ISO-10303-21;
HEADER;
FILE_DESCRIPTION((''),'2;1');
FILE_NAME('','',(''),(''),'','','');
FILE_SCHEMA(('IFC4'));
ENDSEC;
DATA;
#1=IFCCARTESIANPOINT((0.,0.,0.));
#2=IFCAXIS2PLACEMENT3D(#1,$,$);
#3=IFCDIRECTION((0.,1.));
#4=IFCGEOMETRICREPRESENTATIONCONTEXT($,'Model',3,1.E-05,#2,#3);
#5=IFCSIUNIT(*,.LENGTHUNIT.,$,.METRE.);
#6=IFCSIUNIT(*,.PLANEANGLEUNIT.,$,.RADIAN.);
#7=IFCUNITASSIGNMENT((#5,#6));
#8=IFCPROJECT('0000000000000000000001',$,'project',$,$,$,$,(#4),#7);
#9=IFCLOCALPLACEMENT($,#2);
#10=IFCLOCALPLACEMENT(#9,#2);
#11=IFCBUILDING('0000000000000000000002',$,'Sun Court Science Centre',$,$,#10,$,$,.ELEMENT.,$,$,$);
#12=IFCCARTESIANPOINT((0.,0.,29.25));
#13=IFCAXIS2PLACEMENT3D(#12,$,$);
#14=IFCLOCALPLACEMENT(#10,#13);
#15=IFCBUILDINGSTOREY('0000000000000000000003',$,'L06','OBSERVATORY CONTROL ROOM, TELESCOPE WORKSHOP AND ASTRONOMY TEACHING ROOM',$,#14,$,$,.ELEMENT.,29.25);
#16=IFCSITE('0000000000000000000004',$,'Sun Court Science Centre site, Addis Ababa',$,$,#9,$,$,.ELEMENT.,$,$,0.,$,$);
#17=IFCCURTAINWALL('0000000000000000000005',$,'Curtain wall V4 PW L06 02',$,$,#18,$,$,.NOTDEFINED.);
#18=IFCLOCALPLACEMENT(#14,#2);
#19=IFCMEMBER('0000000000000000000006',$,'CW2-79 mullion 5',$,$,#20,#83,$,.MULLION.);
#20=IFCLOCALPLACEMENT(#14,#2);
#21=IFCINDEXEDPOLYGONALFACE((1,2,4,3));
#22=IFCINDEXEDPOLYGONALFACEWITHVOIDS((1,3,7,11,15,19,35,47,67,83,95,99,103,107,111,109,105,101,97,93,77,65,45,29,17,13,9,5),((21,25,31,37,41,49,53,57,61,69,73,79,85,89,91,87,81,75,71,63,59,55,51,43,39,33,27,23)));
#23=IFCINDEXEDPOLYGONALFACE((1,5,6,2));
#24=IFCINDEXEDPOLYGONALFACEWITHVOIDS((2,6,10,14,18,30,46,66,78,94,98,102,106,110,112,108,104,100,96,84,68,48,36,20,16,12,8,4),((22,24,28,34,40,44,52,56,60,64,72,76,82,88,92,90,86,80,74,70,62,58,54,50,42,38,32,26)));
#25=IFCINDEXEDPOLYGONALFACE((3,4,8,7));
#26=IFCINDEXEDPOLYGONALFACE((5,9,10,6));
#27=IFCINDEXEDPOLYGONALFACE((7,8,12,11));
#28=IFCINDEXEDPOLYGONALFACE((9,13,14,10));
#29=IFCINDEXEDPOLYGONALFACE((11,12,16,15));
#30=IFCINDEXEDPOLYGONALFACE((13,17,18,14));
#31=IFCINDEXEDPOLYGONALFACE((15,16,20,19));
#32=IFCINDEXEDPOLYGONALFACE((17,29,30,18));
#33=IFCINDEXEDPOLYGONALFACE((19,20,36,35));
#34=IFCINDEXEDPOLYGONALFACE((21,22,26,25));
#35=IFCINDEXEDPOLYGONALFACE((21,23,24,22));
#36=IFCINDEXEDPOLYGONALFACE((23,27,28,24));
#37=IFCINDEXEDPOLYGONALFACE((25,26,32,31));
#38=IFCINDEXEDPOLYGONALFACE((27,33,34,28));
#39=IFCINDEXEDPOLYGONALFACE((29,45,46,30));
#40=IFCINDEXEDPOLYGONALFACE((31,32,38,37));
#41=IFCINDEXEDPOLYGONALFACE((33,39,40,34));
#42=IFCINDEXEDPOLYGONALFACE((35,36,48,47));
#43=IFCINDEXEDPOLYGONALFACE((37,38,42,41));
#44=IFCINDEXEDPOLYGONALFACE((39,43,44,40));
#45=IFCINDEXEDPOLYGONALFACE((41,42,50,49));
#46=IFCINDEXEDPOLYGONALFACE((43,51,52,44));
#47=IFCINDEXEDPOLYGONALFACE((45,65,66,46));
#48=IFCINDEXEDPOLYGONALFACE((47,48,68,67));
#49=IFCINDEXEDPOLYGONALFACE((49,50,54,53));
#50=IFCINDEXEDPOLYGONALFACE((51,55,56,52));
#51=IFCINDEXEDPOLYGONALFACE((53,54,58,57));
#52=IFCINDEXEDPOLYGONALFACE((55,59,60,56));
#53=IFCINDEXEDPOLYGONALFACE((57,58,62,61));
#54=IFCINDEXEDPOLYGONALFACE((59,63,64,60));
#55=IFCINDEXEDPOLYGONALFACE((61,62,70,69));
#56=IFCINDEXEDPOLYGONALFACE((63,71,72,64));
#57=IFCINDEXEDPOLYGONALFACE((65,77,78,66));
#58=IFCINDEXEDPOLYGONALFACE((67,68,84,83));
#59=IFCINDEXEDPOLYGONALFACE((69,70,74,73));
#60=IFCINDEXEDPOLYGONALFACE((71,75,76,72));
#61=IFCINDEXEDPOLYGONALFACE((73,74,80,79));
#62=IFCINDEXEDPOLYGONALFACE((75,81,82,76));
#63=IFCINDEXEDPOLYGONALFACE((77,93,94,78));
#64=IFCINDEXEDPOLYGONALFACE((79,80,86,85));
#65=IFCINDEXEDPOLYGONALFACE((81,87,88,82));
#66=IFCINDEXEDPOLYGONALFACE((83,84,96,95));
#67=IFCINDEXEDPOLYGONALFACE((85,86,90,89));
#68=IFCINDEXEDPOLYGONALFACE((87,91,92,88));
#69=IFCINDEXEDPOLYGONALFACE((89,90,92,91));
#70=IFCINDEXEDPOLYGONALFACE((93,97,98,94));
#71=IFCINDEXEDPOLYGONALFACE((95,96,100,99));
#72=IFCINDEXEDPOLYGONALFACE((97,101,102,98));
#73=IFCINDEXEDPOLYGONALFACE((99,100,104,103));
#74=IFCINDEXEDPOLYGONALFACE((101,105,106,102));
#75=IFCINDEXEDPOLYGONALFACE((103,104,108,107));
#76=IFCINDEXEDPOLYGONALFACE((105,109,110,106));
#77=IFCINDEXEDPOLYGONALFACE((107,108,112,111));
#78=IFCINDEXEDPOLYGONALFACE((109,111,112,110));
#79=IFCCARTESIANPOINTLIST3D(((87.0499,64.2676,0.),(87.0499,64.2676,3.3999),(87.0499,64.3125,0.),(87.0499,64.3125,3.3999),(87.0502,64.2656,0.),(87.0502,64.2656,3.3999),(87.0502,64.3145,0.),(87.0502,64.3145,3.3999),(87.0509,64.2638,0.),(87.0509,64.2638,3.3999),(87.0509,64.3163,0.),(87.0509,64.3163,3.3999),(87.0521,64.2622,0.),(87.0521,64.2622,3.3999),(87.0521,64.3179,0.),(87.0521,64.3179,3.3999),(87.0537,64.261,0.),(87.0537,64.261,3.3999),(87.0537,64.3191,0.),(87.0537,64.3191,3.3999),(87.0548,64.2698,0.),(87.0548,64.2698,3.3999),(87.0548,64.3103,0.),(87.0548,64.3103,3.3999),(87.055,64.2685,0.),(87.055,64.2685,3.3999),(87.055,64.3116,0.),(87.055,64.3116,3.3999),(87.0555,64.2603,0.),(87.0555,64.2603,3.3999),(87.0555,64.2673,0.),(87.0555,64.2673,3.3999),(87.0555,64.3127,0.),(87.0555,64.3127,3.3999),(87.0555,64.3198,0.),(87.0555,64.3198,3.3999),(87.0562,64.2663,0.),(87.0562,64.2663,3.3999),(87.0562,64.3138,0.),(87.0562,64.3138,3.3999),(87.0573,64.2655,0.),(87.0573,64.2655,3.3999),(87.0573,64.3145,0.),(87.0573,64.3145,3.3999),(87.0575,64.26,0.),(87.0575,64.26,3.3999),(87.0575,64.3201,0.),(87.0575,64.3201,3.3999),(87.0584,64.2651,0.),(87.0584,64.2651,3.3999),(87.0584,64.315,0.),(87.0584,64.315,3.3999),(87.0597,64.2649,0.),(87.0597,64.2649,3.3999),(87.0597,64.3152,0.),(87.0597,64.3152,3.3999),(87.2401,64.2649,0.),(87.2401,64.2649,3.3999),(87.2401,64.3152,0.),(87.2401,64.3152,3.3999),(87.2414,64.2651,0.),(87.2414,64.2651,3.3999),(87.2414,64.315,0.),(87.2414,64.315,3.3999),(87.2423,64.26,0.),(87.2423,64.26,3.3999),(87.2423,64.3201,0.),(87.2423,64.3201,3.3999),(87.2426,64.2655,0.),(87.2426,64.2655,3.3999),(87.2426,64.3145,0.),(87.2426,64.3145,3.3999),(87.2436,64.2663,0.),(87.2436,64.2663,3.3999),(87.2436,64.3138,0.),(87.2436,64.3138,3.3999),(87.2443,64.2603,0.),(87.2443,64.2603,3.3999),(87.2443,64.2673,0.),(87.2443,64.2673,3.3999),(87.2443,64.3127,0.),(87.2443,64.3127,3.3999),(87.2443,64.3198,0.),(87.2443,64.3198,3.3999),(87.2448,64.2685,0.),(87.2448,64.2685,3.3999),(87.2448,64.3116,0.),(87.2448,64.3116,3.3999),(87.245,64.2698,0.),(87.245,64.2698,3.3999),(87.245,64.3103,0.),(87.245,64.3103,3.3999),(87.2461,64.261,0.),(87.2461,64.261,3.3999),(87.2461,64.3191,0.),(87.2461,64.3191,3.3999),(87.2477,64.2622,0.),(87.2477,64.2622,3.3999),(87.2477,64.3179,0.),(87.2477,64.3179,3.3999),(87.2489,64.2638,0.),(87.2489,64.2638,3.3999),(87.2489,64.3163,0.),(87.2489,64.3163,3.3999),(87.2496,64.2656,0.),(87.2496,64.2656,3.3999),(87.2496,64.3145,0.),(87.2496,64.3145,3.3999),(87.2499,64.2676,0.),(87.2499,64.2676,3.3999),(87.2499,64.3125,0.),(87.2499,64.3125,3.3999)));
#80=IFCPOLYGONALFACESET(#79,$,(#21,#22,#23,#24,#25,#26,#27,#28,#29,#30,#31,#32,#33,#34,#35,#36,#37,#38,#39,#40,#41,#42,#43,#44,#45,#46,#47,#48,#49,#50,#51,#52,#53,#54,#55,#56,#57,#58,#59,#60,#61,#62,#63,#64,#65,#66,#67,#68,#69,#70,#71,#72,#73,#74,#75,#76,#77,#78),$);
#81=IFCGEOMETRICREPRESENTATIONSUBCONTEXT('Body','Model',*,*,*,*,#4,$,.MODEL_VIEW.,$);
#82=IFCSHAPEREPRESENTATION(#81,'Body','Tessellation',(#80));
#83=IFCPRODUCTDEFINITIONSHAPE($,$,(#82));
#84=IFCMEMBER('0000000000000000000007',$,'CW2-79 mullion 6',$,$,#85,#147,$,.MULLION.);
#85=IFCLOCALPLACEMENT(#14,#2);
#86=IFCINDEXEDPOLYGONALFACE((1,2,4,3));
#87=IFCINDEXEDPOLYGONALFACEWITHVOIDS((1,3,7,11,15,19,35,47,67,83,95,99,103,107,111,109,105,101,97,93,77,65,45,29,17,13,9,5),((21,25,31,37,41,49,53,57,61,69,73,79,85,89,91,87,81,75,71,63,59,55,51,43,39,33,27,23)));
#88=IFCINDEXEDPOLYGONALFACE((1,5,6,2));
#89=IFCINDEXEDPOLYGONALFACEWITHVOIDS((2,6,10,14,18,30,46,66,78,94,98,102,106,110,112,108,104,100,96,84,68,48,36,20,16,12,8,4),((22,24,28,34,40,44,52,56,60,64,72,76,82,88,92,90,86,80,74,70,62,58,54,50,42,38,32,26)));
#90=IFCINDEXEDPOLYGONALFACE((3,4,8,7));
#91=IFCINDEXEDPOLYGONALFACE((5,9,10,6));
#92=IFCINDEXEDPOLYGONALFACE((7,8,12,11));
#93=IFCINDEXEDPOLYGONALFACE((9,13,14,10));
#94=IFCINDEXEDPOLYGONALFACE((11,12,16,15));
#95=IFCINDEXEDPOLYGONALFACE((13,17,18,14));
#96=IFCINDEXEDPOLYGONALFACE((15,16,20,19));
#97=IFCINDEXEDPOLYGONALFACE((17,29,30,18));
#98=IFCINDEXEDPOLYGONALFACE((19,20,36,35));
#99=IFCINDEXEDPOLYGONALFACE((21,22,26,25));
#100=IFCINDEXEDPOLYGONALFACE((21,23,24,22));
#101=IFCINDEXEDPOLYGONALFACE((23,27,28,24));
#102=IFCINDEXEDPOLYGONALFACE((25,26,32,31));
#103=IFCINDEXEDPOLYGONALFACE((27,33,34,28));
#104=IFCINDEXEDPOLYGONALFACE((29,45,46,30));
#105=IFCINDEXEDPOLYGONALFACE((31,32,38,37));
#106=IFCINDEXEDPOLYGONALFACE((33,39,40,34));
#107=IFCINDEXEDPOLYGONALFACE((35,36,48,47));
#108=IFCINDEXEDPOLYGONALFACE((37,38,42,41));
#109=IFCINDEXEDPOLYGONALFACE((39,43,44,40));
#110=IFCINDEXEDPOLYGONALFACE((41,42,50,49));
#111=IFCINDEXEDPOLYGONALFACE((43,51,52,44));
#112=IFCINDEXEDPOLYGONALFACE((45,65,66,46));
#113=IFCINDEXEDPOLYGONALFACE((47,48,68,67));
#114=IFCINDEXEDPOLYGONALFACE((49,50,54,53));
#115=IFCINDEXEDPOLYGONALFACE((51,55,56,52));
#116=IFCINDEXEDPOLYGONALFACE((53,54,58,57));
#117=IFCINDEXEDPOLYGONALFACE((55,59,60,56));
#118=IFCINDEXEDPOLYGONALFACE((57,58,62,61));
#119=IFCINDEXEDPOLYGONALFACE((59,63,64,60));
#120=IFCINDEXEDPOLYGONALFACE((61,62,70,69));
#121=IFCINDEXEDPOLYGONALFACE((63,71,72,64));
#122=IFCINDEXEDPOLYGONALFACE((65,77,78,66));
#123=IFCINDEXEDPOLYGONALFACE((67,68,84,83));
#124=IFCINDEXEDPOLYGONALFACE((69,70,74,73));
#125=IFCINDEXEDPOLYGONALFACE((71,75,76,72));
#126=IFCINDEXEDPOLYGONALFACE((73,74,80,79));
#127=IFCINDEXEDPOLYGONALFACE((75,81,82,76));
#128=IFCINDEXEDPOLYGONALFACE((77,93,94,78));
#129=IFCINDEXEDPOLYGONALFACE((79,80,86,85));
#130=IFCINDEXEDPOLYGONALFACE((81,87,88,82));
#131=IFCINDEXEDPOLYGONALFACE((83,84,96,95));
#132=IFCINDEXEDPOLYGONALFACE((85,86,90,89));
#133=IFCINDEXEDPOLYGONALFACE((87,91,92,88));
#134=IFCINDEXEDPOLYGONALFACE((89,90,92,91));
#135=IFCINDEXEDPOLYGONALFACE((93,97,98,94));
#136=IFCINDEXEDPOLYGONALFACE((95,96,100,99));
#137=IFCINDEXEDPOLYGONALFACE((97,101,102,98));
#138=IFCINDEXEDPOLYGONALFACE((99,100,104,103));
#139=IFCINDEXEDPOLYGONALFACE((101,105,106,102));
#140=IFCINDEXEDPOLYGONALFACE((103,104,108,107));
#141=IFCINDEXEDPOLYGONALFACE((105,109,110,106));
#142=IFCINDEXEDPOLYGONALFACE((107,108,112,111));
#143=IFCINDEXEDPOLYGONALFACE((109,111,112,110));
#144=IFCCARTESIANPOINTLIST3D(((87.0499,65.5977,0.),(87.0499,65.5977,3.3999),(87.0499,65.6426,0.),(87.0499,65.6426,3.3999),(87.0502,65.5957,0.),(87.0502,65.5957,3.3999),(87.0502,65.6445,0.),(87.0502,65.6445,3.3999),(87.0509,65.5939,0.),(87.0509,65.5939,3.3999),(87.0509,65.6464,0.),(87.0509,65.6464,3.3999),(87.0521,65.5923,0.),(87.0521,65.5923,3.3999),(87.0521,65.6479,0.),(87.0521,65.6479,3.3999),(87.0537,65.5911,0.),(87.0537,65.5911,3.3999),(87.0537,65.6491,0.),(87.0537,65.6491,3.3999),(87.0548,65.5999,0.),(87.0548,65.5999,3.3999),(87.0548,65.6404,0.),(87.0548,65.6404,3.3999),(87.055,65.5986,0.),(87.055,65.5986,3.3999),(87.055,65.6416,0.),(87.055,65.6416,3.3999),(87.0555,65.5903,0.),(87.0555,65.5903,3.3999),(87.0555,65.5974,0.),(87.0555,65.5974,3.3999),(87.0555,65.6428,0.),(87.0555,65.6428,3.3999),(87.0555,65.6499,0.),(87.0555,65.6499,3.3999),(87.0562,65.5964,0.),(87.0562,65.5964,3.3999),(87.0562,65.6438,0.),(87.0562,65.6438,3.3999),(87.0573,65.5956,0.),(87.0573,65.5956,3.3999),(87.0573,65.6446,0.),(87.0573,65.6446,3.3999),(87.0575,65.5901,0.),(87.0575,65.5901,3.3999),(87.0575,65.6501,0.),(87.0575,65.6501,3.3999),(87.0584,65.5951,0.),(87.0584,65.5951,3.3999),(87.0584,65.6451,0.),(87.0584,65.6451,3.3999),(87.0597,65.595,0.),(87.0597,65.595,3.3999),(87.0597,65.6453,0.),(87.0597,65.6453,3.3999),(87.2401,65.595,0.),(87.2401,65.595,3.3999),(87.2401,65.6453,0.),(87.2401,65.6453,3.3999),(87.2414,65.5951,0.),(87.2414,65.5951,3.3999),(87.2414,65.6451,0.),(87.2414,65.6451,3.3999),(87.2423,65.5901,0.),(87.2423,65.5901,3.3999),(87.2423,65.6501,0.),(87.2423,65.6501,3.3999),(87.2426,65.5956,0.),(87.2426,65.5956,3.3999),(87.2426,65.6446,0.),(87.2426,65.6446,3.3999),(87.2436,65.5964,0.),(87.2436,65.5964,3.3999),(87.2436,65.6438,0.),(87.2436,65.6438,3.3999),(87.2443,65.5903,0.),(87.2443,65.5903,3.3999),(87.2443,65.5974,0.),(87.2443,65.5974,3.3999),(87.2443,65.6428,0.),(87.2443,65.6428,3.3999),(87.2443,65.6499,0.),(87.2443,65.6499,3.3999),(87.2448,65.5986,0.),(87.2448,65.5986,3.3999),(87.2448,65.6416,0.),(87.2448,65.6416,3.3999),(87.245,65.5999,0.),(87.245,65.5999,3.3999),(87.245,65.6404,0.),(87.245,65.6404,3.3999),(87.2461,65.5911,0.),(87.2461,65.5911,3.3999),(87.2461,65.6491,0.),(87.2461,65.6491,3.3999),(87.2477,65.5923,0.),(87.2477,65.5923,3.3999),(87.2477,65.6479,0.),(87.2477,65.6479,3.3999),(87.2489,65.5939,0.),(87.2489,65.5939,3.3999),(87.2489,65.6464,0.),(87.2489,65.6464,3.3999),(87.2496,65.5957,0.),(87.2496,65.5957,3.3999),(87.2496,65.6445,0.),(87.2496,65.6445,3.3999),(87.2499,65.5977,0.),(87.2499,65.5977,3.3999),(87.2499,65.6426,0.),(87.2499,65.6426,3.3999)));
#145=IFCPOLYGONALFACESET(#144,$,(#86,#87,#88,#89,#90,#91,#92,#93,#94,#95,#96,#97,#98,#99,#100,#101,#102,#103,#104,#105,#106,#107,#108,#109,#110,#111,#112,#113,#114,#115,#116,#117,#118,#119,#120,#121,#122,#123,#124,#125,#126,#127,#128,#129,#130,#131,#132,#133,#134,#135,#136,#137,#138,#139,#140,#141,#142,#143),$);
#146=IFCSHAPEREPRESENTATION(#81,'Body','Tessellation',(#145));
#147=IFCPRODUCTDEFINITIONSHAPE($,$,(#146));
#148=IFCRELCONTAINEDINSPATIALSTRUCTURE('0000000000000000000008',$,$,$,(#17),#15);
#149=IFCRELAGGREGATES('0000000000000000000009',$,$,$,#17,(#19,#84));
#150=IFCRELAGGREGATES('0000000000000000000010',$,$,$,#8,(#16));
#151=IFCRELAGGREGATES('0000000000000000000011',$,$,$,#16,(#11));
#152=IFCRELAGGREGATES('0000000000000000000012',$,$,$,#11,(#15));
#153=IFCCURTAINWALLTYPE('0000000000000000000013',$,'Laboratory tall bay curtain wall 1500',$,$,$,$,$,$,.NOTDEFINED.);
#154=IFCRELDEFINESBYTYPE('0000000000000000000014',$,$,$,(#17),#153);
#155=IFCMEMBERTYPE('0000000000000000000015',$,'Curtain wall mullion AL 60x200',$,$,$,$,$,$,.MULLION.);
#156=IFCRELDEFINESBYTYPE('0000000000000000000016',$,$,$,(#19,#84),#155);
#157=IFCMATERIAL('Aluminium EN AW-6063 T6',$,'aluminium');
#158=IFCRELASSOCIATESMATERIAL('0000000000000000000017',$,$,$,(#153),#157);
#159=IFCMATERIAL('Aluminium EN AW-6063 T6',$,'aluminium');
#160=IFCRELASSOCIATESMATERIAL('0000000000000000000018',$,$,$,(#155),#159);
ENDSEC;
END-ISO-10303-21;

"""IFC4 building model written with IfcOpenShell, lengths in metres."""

from ifc_helpers import new_model, si_unit, direction, frame, origin, origin_2d, place, context, subcontext, project, spatial, hollow_rectangle, extrude, material, material_profile, profile_set, type_object, element, aggregate, save


model = new_model("IFC4")

# Units and contexts
model_context = context("Model", 3, precision=1e-05, world=origin(), true_north=direction((0.0, 1.0)))
body_context = subcontext(model_context, "Body", "Model", "MODEL_VIEW")
ifc_project = project(units=[si_unit("LENGTHUNIT", "METRE"), si_unit("PLANEANGLEUNIT", "RADIAN")], contexts=[model_context])

# Site, building, storey
site_placement = place(None, origin())
site = spatial("IfcSite", under=ifc_project, at=site_placement, Name="Sun Court Science Centre site, Addis Ababa", CompositionType="ELEMENT", RefElevation=0.0)
building_placement = place(site_placement, origin())
building = spatial("IfcBuilding", under=site, at=building_placement, Name="Sun Court Science Centre", CompositionType="ELEMENT")
storey_placement = place(building_placement, frame((0.0, 0.0, 29.25)))
storey = spatial("IfcBuildingStorey", under=building, at=storey_placement, Name="L06", Description="OBSERVATORY CONTROL ROOM, TELESCOPE WORKSHOP AND ASTRONOMY TEACHING ROOM", CompositionType="ELEMENT", Elevation=29.25)

# Curtain wall, members
ifc_material_1 = material(Name="Aluminium EN AW-6063 T6", Category="aluminium")
curtain_wall_type = type_object("IfcCurtainWallType", Name="Laboratory tall bay curtain wall 1500", PredefinedType="NOTDEFINED", material=ifc_material_1)
curtain_wall_placement = place(storey_placement, origin())
curtain_wall = element("IfcCurtainWall", 1, at=curtain_wall_placement, inside=storey, type_object=curtain_wall_type, Name="Curtain wall V4 PW L06 02", PredefinedType="NOTDEFINED")
ifc_material_2 = material(Name="Aluminium EN AW-6063 T6", Category="aluminium")
ifc_material_profile_1 = material_profile(ifc_material_2, hollow_rectangle(XDim=0.0601, YDim=0.2, WallThickness=0.0049, InnerFilletRadius=0.0049, OuterFilletRadius=0.0076, at=origin_2d()), Name="AL 60x200x5")
ifc_profile_set_1 = profile_set([ifc_material_profile_1], Name="Aluminium EN AW-6063 T6")
member_type_1 = type_object("IfcMemberType", Name="Curtain wall mullion AL 60x200", PredefinedType="MULLION", material=ifc_profile_set_1)
member_1_placement = place(storey_placement, frame((87.1499, 64.29, 0.0), z_axis=(0.0, 0.0, 1.0), x_axis=(0.0, 1.0, 0.0)))
member_1 = element("IfcMember", 2, at=member_1_placement, type_object=member_type_1, Name="CW2-79 mullion 5", PredefinedType="MULLION", context=body_context, shape_type="SweptSolid", body=[
    extrude(hollow_rectangle(XDim=0.0601, YDim=0.2, WallThickness=0.0049, InnerFilletRadius=0.0049, OuterFilletRadius=0.0076, at=origin_2d()), origin(), (0.0, 0.0, 1.0), 3.3999),
])
member_2_placement = place(storey_placement, frame((87.1499, 65.6201, 0.0), z_axis=(0.0, 0.0, 1.0), x_axis=(0.0, 1.0, 0.0)))
member_2 = element("IfcMember", 3, at=member_2_placement, type_object=member_type_1, Name="CW2-79 mullion 6", PredefinedType="MULLION", context=body_context, shape_type="SweptSolid", body=[
    extrude(hollow_rectangle(XDim=0.0601, YDim=0.2, WallThickness=0.0049, InnerFilletRadius=0.0049, OuterFilletRadius=0.0076, at=origin_2d()), origin(), (0.0, 0.0, 1.0), 3.3999),
])

aggregate(curtain_wall, [member_1, member_2])

save(model, "model.ifc")
